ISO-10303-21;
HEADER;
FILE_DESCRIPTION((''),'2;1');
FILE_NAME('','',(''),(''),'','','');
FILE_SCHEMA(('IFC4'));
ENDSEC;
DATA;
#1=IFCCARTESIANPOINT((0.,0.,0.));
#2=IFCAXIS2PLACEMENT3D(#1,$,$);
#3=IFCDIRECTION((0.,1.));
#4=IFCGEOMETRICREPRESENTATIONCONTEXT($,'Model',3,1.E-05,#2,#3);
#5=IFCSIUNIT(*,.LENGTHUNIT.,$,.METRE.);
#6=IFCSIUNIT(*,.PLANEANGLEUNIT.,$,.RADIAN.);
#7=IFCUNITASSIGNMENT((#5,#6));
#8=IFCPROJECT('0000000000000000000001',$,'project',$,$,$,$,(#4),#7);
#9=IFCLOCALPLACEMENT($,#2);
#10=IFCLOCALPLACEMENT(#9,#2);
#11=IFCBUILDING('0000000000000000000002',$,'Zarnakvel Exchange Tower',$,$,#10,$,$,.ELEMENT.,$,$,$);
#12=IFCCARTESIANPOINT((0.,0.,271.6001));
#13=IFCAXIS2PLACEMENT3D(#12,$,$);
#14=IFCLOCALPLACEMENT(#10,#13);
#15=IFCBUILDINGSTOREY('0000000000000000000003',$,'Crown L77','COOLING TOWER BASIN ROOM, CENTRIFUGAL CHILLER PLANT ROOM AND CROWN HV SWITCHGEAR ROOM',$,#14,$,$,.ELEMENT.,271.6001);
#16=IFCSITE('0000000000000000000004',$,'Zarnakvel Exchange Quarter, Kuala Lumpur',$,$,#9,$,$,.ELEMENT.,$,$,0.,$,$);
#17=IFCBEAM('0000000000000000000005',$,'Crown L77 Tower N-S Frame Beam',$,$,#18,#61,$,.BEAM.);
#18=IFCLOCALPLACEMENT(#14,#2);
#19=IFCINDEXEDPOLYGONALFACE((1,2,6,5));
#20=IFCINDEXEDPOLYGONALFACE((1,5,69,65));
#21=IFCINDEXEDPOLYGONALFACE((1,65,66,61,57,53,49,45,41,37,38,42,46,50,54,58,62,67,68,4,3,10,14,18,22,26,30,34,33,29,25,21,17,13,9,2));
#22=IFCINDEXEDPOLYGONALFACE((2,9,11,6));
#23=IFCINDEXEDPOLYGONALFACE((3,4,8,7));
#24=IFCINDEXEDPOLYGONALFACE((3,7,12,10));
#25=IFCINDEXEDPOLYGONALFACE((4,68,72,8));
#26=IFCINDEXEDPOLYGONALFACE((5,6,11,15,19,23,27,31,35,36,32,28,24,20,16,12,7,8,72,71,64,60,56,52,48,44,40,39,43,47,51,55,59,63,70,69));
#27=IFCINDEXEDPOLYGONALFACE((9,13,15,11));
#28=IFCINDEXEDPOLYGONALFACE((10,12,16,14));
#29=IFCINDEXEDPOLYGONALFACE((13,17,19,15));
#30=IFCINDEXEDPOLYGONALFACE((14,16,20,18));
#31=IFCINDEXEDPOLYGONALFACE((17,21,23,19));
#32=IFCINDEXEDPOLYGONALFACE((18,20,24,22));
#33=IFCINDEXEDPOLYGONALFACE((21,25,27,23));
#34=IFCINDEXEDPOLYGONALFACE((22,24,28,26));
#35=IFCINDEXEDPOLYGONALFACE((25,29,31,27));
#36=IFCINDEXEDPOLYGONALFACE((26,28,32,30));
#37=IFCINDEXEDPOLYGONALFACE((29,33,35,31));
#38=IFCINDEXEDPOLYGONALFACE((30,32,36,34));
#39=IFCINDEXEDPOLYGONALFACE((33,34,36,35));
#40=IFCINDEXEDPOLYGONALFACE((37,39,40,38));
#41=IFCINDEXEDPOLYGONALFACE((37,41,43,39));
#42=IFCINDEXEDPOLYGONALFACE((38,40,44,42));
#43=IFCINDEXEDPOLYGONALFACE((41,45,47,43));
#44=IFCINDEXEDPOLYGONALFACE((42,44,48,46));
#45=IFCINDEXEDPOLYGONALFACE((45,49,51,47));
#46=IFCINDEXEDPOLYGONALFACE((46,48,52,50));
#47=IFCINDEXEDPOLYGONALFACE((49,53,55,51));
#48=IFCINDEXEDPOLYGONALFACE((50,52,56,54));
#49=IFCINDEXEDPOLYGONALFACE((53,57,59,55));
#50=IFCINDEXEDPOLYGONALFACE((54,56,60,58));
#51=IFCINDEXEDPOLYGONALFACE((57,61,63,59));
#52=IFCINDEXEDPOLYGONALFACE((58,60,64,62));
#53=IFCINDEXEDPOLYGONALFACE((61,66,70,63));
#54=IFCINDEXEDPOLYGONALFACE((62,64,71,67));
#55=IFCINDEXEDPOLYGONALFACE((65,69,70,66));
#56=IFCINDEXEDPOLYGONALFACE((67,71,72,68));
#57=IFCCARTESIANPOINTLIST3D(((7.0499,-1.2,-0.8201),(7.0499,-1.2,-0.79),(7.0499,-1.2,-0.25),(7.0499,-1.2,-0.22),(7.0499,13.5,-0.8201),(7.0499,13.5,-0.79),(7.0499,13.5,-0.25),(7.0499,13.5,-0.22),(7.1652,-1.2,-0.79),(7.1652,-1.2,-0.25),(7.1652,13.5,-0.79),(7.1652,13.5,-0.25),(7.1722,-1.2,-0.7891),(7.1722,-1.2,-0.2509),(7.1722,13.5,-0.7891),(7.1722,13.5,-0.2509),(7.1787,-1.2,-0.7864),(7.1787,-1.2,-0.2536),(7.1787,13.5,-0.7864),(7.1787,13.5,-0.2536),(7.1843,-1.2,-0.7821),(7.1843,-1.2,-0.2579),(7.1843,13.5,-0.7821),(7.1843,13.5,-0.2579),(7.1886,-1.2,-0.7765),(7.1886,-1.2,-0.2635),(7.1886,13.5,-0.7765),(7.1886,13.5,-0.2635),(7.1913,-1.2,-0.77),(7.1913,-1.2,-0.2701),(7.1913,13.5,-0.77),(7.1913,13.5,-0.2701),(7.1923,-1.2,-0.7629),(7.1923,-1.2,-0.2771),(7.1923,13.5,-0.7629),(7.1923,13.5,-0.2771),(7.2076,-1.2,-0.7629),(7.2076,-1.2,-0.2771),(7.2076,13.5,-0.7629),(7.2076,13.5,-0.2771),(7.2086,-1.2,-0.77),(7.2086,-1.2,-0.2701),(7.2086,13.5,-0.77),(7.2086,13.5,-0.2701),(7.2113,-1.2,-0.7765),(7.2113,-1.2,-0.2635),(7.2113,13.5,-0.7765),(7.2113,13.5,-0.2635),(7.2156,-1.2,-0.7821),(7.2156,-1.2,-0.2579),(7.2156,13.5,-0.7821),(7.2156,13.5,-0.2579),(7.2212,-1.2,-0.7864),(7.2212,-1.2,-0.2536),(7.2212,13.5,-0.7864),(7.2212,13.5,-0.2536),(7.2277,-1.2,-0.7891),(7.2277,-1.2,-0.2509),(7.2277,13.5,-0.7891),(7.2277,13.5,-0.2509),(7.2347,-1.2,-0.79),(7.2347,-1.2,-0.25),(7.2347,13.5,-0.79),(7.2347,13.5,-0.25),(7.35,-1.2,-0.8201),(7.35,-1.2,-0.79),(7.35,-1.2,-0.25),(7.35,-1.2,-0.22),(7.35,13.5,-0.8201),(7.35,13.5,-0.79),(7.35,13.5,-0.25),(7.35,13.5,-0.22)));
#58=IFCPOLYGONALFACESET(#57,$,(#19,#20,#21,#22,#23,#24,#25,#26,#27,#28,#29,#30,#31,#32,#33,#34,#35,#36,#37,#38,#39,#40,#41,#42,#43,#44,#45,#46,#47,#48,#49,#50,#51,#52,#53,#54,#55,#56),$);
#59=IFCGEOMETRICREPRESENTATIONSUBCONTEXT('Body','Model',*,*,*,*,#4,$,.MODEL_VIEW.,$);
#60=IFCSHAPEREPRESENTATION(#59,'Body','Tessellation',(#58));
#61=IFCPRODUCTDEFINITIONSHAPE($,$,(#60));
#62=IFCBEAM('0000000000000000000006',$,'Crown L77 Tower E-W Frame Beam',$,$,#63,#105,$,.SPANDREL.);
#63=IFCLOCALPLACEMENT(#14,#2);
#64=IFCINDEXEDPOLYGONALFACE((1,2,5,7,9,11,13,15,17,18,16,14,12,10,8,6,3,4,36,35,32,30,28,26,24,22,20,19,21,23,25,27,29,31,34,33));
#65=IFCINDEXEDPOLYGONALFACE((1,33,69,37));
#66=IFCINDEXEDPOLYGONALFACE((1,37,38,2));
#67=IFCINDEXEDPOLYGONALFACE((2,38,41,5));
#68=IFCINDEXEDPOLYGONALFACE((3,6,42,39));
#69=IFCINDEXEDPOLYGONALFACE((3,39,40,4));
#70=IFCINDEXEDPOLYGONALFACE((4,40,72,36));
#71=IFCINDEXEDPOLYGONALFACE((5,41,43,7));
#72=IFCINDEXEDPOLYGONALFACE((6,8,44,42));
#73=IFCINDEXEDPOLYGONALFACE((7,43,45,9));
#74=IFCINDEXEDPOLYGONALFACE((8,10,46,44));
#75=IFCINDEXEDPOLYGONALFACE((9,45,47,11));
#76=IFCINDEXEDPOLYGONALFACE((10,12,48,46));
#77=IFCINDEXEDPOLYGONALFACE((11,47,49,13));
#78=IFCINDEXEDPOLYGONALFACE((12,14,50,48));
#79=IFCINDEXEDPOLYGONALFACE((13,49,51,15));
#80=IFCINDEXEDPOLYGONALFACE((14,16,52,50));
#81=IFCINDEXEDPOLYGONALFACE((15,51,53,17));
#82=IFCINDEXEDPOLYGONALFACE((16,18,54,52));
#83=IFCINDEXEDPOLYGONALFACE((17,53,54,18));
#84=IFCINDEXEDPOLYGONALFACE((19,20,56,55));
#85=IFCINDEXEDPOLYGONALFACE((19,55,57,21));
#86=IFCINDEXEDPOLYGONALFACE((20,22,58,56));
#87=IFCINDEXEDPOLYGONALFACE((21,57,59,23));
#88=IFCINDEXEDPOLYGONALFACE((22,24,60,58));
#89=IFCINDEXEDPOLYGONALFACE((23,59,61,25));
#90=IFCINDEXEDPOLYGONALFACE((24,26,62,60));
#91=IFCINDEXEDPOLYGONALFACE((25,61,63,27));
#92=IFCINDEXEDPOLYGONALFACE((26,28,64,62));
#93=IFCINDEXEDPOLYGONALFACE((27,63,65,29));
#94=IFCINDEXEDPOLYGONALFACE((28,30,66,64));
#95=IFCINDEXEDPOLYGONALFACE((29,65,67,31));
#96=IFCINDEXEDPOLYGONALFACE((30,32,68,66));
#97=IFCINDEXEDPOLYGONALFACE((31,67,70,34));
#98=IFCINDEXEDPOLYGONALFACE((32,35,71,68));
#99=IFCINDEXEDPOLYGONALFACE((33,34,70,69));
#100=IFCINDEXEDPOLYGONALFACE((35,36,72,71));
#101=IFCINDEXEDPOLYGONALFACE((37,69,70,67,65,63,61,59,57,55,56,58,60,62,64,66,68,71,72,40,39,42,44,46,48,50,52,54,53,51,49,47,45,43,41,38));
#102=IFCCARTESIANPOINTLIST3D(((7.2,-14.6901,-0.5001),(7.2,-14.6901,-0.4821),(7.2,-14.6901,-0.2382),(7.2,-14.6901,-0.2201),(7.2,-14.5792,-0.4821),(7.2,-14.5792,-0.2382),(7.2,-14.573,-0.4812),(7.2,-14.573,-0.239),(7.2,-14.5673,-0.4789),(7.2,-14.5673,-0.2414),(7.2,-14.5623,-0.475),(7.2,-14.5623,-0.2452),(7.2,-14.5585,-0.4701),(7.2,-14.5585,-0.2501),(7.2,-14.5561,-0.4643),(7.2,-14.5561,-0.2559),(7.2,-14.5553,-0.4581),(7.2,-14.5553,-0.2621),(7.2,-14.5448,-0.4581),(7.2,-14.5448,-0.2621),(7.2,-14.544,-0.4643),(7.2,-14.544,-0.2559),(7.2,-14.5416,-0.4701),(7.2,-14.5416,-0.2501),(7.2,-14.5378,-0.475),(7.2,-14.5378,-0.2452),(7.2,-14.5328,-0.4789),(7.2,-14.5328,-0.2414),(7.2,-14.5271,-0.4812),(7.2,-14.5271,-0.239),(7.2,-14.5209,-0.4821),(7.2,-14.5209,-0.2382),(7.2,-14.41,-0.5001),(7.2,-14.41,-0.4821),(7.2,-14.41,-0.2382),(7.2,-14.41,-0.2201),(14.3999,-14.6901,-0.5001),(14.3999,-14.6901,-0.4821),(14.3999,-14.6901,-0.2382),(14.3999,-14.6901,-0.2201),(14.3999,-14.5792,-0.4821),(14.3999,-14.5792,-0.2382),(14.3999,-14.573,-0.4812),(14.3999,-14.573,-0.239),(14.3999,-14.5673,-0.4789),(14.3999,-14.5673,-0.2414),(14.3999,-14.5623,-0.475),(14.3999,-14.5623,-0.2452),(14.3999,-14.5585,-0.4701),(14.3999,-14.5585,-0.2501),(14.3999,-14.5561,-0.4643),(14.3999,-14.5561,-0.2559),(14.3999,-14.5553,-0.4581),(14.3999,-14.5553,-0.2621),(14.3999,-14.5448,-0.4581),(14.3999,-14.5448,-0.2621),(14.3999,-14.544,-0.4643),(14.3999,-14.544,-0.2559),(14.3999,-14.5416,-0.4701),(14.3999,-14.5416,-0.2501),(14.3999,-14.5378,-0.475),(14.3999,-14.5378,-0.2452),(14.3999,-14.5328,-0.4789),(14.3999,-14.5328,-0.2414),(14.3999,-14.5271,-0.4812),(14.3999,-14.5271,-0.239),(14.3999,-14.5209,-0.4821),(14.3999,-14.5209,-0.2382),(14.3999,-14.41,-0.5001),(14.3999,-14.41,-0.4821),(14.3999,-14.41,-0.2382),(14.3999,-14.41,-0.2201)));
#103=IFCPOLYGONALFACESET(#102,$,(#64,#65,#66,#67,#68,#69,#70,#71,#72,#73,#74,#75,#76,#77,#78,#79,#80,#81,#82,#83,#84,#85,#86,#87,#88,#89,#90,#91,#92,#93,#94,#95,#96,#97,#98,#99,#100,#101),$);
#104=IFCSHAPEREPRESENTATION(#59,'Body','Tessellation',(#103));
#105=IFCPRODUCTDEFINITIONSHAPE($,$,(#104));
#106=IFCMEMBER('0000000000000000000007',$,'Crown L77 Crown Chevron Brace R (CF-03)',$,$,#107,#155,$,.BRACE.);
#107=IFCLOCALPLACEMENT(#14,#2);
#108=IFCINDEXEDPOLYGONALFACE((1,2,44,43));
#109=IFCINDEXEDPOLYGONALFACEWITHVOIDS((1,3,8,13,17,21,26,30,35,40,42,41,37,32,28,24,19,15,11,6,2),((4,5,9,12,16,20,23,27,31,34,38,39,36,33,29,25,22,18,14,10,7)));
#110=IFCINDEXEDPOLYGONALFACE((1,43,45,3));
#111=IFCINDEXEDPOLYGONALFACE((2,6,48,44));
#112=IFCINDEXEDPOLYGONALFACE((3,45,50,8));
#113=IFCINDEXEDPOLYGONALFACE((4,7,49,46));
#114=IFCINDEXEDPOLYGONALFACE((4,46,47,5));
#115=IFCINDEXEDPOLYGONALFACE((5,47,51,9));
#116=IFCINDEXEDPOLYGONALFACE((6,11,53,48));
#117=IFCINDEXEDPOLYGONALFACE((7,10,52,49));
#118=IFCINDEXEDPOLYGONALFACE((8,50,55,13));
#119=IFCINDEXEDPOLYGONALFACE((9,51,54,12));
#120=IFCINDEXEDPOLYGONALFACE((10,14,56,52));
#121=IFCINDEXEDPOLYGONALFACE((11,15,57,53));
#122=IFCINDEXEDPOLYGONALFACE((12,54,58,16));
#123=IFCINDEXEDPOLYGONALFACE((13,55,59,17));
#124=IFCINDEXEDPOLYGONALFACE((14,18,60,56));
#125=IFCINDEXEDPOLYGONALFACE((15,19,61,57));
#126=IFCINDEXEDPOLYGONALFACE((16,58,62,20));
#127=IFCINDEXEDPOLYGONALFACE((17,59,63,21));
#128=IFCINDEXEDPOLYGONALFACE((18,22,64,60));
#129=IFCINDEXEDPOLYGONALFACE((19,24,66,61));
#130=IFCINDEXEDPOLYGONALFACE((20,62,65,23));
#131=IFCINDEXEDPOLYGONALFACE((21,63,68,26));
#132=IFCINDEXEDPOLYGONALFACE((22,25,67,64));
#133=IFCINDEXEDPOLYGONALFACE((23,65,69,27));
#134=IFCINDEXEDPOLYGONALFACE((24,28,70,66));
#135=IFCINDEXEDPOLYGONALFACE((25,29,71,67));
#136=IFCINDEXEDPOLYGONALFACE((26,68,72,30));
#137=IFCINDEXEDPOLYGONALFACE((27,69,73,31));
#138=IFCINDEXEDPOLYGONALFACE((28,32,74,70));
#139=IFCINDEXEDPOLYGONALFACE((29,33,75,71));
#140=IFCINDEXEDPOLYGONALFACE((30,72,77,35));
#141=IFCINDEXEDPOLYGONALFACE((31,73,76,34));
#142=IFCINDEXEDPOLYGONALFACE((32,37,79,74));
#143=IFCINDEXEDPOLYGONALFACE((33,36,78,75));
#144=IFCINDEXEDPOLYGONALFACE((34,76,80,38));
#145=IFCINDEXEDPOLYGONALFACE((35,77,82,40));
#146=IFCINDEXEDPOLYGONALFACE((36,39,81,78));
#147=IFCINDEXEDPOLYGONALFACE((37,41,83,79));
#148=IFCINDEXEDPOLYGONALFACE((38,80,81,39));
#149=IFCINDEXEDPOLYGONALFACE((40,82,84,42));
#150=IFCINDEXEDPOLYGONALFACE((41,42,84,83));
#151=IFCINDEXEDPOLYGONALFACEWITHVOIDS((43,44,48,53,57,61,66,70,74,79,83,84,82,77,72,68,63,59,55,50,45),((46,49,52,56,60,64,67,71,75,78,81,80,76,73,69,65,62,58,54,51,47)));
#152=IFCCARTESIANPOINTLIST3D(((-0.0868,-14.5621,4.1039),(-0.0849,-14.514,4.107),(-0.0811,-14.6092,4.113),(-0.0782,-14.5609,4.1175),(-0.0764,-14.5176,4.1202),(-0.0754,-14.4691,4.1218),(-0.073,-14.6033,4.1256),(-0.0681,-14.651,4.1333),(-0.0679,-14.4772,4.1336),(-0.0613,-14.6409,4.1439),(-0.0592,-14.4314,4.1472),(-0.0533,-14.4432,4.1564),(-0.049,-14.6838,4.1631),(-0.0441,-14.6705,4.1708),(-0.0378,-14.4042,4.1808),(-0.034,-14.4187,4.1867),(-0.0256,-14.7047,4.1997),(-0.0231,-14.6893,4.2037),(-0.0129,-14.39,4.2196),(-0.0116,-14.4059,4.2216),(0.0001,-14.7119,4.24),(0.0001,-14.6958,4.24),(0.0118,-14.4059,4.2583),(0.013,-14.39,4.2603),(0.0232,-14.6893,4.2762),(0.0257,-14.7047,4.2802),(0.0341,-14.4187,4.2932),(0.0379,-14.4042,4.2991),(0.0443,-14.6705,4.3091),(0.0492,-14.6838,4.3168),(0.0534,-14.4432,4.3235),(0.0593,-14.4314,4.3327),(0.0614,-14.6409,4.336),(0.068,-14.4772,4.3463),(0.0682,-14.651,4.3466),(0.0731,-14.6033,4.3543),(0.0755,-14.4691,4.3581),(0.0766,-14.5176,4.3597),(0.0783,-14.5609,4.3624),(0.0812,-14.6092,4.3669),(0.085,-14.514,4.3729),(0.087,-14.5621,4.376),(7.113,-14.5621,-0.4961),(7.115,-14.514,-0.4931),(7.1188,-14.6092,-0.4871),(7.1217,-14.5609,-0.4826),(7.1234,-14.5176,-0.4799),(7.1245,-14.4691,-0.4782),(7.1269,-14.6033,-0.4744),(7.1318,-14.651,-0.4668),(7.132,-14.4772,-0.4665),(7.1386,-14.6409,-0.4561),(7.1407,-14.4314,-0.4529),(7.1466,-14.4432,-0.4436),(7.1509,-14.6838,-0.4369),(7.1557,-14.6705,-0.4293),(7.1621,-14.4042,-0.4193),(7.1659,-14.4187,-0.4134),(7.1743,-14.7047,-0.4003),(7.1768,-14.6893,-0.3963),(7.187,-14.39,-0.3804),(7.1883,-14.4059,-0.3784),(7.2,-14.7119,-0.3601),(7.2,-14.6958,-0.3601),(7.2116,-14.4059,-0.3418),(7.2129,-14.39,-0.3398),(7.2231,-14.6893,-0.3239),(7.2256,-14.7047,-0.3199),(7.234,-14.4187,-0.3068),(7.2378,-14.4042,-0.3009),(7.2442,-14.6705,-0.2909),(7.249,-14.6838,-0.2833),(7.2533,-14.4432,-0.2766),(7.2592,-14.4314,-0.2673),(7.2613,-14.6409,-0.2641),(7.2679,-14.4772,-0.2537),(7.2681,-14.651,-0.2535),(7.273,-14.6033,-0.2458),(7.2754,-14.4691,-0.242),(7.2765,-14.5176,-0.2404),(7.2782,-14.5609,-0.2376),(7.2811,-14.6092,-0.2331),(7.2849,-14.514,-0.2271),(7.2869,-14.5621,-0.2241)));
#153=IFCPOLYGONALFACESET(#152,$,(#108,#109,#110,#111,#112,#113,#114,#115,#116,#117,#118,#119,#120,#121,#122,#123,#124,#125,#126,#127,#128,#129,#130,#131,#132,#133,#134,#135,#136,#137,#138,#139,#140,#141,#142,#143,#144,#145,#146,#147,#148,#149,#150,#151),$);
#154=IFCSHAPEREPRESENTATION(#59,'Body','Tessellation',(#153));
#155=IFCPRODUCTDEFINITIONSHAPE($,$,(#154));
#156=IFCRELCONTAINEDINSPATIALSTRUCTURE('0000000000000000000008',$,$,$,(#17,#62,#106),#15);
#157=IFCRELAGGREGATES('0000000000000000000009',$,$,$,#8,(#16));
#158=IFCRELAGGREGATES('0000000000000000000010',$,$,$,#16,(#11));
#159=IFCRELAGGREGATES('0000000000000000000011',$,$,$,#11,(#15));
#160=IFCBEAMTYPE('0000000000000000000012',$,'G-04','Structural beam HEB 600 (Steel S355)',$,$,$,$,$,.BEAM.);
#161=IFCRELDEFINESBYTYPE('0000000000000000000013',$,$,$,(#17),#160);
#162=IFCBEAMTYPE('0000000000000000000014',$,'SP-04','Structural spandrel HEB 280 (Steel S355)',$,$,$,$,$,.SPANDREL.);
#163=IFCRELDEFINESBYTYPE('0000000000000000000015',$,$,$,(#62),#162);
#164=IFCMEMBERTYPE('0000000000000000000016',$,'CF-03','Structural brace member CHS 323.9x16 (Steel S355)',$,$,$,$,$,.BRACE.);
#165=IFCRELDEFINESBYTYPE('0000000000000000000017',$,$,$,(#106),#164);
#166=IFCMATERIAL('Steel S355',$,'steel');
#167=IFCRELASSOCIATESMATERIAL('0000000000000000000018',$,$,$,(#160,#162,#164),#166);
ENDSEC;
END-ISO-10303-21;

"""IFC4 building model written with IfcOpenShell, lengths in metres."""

from ifc_helpers import new_model, si_unit, direction, frame, origin, origin_2d, place, context, subcontext, project, spatial, hollow_circle, i_section, extrude, source, transform, mapped, material, material_profile, profile_set, type_object, element, save


model = new_model("IFC4")

# Units and contexts
model_context = context("Model", 3, precision=1e-05, world=origin(), true_north=direction((0.0, 1.0)))
body_context = subcontext(model_context, "Body", "Model", "MODEL_VIEW")
ifc_project = project(units=[si_unit("LENGTHUNIT", "METRE"), si_unit("PLANEANGLEUNIT", "RADIAN")], contexts=[model_context])

# Site, building, storey
site_placement = place(None, origin())
site = spatial("IfcSite", under=ifc_project, at=site_placement, Name="Zarnakvel Exchange Quarter, Kuala Lumpur", CompositionType="ELEMENT", RefElevation=0.0)
building_placement = place(site_placement, origin())
building = spatial("IfcBuilding", under=site, at=building_placement, Name="Zarnakvel Exchange Tower", CompositionType="ELEMENT")
storey_placement = place(building_placement, frame((0.0, 0.0, 271.6001)))
storey = spatial("IfcBuildingStorey", under=building, at=storey_placement, Name="Crown L77", Description="COOLING TOWER BASIN ROOM, CENTRIFUGAL CHILLER PLANT ROOM AND CROWN HV SWITCHGEAR ROOM", CompositionType="ELEMENT", Elevation=271.6001)

# Shared definitions
ifc_material_1 = material(Name="Steel S355", Category="steel")

# Beams
ifc_material_profile_1 = material_profile(ifc_material_1, i_section(OverallWidth=0.3, OverallDepth=0.6001, WebThickness=0.0154, FlangeThickness=0.03, FilletRadius=0.0271, at=origin_2d()))
ifc_profile_set_1 = profile_set([ifc_material_profile_1], Name="Steel S355")
beam_type_1 = type_object("IfcBeamType", Name="G-04", Description="Structural beam HEB 600 (Steel S355)", PredefinedType="BEAM", material=ifc_profile_set_1)
beam_1_placement = place(storey_placement, frame((7.2, -1.2, -0.52), z_axis=(0.0, 1.0, 0.0), x_axis=(-1.0, 0.0, 0.0)))
element("IfcBeam", 1, at=beam_1_placement, inside=storey, type_object=beam_type_1, Name="Crown L77 Tower N-S Frame Beam", PredefinedType="BEAM", context=body_context, shape_type="SweptSolid", body=[
    extrude(i_section(OverallWidth=0.3, OverallDepth=0.6001, WebThickness=0.0154, FlangeThickness=0.03, FilletRadius=0.0271, at=origin_2d()), origin(), (0.0, 0.0, 1.0), 14.7),
])
ifc_material_profile_2 = material_profile(ifc_material_1, i_section(OverallWidth=0.28, OverallDepth=0.28, WebThickness=0.0105, FlangeThickness=0.0181, FilletRadius=0.0239, at=origin_2d()))
ifc_profile_set_2 = profile_set([ifc_material_profile_2], Name="Steel S355")
beam_type_2 = type_object("IfcBeamType", Name="SP-04", Description="Structural spandrel HEB 280 (Steel S355)", PredefinedType="SPANDREL", material=ifc_profile_set_2)
beam_2_placement = place(storey_placement, frame((7.2, -14.55, -0.3601), z_axis=(1.0, 0.0, 0.0), x_axis=(0.0, 1.0, 0.0)))
element("IfcBeam", 2, at=beam_2_placement, inside=storey, type_object=beam_type_2, Name="Crown L77 Tower E-W Frame Beam", PredefinedType="SPANDREL", context=body_context, shape_type="SweptSolid", body=[
    extrude(i_section(OverallWidth=0.28, OverallDepth=0.28, WebThickness=0.0105, FlangeThickness=0.0181, FilletRadius=0.0239, at=origin_2d()), origin(), (0.0, 0.0, 1.0), 7.2),
])

# Member
ifc_material_profile_3 = material_profile(ifc_material_1, hollow_circle(Radius=0.1619, WallThickness=0.0161, at=origin_2d()))
ifc_profile_set_3 = profile_set([ifc_material_profile_3], Name="Steel S355")
member_type_1 = type_object("IfcMemberType", Name="CF-03", Description="Structural brace member CHS 323.9x16 (Steel S355)", PredefinedType="BRACE", material=ifc_profile_set_3)
shared_shape_1 = source(origin(), body_context, "Body", "SweptSolid", [
    extrude(hollow_circle(Radius=0.1619, WallThickness=0.0161, at=origin_2d()), origin(), (0.0, 0.0, 1.0), 8.5439),
])
member_1_placement = place(storey_placement, frame((7.2, -14.55, -0.3601), z_axis=(-0.842689, 0.0, 0.5384), x_axis=(0.0, -1.0, 0.0)))
element("IfcMember", 3, at=member_1_placement, inside=storey, type_object=member_type_1, Name="Crown L77 Crown Chevron Brace R (CF-03)", PredefinedType="BRACE", context=body_context, shape_type="MappedRepresentation", body=[
    mapped(shared_shape_1, transform((0.0, 0.0, 0.0), x_axis=(1.0, 0.0, 0.0), y_axis=(0.0, 1.0, 0.0), z_axis=(0.0, 0.0, 1.0), scale=1.0)),
])

save(model, "model.ifc")
